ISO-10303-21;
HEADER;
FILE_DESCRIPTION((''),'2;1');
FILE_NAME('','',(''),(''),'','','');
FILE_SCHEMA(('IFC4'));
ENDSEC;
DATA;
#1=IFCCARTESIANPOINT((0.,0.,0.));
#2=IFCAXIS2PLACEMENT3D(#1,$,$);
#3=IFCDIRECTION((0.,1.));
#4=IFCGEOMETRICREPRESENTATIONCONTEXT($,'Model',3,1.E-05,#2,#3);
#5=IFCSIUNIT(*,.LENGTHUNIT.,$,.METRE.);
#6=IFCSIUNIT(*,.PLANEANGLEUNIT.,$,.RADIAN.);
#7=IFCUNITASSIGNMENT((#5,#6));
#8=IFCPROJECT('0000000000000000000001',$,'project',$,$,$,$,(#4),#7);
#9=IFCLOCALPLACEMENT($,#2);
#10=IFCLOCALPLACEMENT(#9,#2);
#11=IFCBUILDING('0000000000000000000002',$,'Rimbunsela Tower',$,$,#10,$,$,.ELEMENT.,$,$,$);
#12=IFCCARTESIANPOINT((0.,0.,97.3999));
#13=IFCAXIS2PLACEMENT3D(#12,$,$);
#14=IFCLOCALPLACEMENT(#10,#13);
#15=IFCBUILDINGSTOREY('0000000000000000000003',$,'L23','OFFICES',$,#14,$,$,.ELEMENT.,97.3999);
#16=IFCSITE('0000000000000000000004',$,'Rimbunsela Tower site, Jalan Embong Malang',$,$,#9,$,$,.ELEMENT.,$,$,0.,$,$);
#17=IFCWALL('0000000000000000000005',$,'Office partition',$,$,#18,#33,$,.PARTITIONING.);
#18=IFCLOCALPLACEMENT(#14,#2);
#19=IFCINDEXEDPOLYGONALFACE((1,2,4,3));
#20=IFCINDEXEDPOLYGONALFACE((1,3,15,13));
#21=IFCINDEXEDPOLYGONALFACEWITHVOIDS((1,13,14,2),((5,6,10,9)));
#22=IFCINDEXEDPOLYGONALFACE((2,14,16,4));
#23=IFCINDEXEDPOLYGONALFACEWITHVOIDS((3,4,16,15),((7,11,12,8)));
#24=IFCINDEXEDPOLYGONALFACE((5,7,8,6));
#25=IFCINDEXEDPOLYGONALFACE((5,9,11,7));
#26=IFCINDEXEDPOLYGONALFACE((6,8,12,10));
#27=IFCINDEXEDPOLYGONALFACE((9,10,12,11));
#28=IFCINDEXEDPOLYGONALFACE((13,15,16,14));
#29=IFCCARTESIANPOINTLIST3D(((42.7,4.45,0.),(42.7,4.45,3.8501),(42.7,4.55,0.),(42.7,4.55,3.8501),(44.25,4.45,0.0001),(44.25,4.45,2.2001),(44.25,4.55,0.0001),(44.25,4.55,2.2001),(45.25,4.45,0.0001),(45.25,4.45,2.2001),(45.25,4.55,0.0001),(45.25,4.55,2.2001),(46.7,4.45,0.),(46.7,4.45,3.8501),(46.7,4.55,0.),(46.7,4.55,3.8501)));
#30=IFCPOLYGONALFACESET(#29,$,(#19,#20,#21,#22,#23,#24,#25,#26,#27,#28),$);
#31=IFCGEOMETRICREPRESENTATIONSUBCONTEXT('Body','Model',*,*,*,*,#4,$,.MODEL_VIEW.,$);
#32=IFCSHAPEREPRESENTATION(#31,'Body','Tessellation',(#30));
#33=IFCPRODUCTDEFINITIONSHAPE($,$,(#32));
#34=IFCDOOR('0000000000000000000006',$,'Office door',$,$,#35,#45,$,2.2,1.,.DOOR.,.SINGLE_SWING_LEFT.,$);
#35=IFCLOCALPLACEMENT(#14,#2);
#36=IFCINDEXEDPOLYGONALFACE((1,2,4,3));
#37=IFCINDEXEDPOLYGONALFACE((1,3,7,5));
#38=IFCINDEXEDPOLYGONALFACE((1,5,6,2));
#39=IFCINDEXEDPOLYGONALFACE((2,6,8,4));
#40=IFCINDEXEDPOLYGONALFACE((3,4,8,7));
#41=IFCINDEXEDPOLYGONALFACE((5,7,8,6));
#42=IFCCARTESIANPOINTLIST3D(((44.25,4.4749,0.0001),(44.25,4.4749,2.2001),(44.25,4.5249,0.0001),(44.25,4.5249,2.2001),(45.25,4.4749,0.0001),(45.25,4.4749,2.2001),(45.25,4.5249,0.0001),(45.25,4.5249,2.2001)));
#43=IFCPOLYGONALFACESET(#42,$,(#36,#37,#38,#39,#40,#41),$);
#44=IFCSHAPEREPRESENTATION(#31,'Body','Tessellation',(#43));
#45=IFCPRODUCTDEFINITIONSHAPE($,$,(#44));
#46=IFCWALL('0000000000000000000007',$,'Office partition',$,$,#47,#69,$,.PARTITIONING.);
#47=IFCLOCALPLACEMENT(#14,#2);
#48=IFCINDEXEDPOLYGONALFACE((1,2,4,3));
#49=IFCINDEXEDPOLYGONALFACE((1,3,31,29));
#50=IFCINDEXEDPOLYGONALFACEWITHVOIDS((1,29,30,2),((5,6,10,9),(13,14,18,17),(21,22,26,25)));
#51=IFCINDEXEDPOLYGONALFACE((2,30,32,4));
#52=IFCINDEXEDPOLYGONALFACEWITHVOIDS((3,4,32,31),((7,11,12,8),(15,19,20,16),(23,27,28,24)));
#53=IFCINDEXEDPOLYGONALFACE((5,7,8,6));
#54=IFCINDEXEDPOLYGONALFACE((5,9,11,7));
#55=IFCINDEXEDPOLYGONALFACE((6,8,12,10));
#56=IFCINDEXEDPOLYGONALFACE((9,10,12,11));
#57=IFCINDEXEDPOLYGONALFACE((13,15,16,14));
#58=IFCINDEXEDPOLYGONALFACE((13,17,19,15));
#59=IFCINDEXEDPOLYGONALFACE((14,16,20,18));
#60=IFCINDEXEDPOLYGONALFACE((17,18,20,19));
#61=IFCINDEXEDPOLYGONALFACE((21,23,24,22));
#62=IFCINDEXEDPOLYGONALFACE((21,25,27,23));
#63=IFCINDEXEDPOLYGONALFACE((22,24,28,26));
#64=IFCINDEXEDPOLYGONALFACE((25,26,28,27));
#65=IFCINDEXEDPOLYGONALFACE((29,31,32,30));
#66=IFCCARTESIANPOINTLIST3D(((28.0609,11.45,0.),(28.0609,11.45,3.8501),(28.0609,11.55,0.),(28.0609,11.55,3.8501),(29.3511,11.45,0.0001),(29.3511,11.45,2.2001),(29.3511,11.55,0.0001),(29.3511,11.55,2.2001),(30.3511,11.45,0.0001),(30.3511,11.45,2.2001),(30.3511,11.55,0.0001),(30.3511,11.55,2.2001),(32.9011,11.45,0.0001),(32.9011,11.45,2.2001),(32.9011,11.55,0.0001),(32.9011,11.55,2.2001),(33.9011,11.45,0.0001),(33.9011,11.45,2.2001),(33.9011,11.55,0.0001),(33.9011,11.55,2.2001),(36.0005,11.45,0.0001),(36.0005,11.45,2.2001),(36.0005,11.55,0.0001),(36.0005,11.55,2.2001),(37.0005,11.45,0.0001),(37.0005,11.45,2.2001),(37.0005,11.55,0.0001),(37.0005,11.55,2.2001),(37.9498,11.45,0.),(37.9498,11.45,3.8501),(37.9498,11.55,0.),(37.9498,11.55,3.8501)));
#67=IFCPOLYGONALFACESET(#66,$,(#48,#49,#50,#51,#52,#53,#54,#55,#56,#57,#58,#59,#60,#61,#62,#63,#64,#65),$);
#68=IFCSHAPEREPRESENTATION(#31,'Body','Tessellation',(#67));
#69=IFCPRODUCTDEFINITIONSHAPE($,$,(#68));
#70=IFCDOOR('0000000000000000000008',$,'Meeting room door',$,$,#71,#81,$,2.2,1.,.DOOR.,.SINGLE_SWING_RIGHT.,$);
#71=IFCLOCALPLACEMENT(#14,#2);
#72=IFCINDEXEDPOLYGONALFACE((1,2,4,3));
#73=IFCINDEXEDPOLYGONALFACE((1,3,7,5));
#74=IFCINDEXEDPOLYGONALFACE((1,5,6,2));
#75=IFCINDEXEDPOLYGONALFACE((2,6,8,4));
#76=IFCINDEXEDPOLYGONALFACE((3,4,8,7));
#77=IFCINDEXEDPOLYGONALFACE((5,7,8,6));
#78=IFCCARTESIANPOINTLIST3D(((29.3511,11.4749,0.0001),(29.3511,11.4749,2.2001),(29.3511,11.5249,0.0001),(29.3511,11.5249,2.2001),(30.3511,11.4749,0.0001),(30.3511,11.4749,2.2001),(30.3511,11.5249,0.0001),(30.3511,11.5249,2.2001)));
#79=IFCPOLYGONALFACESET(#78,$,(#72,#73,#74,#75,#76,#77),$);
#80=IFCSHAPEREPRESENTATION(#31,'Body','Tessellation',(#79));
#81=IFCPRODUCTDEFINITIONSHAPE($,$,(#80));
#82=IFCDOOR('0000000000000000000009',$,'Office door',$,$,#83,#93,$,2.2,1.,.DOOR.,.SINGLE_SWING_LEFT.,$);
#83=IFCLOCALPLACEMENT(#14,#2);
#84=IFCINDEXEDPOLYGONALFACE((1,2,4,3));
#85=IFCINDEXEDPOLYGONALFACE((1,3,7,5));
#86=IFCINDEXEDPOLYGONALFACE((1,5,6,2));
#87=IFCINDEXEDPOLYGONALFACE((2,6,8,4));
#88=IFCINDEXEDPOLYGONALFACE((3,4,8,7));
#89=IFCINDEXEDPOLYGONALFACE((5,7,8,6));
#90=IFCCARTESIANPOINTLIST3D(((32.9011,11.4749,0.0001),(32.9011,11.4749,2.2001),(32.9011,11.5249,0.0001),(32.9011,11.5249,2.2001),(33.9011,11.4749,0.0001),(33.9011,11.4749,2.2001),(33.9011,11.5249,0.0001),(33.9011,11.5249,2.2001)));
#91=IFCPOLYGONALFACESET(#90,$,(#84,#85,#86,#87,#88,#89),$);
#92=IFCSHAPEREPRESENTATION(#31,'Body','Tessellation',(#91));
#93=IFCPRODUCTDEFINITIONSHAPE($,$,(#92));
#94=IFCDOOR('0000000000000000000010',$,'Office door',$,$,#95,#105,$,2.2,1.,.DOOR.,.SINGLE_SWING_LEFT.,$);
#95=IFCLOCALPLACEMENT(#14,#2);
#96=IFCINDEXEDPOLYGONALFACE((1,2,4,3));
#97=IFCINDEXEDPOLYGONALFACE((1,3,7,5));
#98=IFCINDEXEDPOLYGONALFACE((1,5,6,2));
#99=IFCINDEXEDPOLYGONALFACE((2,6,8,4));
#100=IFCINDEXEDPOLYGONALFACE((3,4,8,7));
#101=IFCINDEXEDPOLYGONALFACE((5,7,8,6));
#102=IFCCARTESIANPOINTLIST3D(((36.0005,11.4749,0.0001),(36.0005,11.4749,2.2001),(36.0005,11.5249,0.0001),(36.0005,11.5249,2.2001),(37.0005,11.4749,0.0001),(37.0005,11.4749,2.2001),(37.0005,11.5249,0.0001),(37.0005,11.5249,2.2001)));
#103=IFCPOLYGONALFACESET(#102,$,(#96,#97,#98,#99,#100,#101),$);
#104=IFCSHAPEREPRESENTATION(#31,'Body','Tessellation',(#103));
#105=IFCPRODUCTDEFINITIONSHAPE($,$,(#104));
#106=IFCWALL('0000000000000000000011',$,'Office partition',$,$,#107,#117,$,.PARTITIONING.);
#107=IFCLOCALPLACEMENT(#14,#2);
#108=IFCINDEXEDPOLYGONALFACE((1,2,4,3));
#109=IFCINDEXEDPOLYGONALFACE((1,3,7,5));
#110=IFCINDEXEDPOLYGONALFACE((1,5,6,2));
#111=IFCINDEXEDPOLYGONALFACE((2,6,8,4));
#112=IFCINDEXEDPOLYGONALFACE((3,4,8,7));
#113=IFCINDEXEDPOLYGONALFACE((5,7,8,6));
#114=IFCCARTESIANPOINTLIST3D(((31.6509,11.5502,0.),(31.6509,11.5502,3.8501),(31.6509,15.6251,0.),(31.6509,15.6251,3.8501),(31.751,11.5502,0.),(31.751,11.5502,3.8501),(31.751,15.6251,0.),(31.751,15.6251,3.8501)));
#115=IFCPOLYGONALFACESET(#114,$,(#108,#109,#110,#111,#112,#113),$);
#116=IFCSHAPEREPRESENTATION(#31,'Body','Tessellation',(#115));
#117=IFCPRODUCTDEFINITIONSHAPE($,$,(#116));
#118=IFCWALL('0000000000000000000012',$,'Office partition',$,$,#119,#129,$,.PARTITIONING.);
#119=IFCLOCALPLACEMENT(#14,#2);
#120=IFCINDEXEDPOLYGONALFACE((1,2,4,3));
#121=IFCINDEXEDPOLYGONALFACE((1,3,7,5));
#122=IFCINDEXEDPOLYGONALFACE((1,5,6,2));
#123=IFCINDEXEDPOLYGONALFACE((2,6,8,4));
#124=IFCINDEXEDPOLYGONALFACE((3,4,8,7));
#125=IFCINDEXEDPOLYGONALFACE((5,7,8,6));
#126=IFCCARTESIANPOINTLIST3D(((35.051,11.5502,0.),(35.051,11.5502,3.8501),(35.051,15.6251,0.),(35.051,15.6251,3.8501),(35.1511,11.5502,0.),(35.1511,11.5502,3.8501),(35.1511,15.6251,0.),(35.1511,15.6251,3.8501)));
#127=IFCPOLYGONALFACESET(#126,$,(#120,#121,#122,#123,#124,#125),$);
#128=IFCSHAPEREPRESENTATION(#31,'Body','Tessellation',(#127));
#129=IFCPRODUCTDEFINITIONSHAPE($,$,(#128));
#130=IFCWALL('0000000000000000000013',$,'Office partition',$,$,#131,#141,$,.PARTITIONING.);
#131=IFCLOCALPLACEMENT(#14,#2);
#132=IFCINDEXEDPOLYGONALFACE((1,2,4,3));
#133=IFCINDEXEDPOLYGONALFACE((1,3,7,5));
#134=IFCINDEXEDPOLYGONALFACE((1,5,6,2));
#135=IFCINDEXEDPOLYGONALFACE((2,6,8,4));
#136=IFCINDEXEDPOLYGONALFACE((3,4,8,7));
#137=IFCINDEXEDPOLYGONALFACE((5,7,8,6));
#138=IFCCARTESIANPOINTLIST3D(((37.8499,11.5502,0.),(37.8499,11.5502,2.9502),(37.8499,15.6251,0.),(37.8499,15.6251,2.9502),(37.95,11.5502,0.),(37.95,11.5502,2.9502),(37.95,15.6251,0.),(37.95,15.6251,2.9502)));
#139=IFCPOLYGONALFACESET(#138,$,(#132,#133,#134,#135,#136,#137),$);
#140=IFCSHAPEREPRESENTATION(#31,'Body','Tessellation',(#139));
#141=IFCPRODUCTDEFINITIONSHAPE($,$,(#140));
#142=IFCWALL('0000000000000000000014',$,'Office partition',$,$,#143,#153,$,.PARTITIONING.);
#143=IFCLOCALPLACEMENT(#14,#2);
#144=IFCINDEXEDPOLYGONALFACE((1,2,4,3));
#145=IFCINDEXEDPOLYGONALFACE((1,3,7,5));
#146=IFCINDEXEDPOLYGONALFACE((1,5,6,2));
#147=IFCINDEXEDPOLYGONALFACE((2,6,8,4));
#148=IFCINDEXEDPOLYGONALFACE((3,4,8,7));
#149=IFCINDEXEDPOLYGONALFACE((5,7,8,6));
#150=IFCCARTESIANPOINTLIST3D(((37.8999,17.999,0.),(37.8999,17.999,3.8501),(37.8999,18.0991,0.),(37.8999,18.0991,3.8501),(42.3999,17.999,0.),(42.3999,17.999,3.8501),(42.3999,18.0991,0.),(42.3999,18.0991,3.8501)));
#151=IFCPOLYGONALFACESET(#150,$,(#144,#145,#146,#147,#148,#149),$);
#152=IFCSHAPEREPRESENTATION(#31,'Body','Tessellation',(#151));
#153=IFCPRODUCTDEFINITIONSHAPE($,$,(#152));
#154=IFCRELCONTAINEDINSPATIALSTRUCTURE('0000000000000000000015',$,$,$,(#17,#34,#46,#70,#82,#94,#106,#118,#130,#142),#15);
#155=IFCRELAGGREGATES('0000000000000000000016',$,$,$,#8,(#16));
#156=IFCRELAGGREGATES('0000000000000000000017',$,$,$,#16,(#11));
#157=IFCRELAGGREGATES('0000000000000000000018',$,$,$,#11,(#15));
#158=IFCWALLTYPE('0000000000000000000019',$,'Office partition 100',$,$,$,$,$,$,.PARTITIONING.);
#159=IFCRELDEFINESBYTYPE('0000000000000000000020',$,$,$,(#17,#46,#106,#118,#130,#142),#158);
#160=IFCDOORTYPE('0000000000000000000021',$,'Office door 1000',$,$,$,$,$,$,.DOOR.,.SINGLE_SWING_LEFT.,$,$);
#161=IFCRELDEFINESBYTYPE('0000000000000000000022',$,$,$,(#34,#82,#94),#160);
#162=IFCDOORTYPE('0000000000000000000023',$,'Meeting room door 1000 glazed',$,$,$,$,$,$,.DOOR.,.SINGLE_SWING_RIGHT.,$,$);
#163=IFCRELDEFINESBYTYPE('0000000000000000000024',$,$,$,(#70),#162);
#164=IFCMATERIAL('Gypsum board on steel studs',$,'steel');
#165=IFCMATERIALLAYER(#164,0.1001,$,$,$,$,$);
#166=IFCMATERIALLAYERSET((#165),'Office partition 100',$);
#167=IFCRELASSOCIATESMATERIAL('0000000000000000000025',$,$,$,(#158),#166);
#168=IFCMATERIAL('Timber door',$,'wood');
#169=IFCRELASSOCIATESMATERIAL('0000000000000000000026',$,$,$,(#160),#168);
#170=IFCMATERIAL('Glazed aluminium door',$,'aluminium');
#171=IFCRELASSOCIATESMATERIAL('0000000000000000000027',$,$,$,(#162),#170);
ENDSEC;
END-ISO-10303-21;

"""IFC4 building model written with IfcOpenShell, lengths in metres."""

from ifc_helpers import new_model, si_unit, direction, frame, frame_2d, origin, place, context, subcontext, project, spatial, rectangle, extrude, material, layer, layer_set, type_object, element, fill, save


model = new_model("IFC4")

# Units and contexts
model_context = context("Model", 3, precision=1e-05, world=origin(), true_north=direction((0.0, 1.0)))
body_context = subcontext(model_context, "Body", "Model", "MODEL_VIEW")
ifc_project = project(units=[si_unit("LENGTHUNIT", "METRE"), si_unit("PLANEANGLEUNIT", "RADIAN")], contexts=[model_context])

# Site, building, storey
site_placement = place(None, origin())
site = spatial("IfcSite", under=ifc_project, at=site_placement, Name="Rimbunsela Tower site, Jalan Embong Malang", CompositionType="ELEMENT", RefElevation=0.0)
building_placement = place(site_placement, origin())
building = spatial("IfcBuilding", under=site, at=building_placement, Name="Rimbunsela Tower", CompositionType="ELEMENT")
storey_placement = place(building_placement, frame((0.0, 0.0, 97.3999)))
storey = spatial("IfcBuildingStorey", under=building, at=storey_placement, Name="L23", Description="OFFICES", CompositionType="ELEMENT", Elevation=97.3999)

# Wall, opening, door
ifc_material_1 = material(Name="Gypsum board on steel studs", Category="steel")
ifc_layer_1 = layer(ifc_material_1, 0.1001)
ifc_layer_set_1 = layer_set([ifc_layer_1], Name="Office partition 100")
wall_type_1 = type_object("IfcWallType", Name="Office partition 100", PredefinedType="PARTITIONING", material=ifc_layer_set_1)
wall_1_placement = place(storey_placement, frame((42.7, 4.5, 0.0), z_axis=(0.0, 0.0, 1.0), x_axis=(1.0, 0.0, 0.0)))
wall_1 = element("IfcWall", 1, at=wall_1_placement, inside=storey, type_object=wall_type_1, Name="Office partition", PredefinedType="PARTITIONING", context=body_context, shape_type="SweptSolid", body=[
    extrude(rectangle(XDim=4.0, YDim=0.1001, at=frame_2d((2.0, 0.0))), origin(), (0.0, 0.0, 1.0), 3.8501),
])
opening_1_placement = place(wall_1_placement, frame((1.55, 0.0, 0.0)))
opening_1 = element("IfcOpeningElement", 2, at=opening_1_placement, cuts=wall_1, PredefinedType="OPENING", context=body_context, shape_type="SweptSolid", body=[
    extrude(rectangle(XDim=1.0, YDim=2.2, at=frame_2d((0.5, 1.1001))), frame((0.0, 0.0601, 0.0), z_axis=(0.0, -1.0, 0.0), x_axis=(1.0, 0.0, 0.0)), (0.0, 0.0, 1.0), 0.1201),
])
ifc_material_2 = material(Name="Timber door", Category="wood")
door_type_1 = type_object("IfcDoorType", Name="Office door 1000", OperationType="SINGLE_SWING_LEFT", PredefinedType="DOOR", material=ifc_material_2)
door_1_placement = place(opening_1_placement, origin())
door_1 = element("IfcDoor", 3, at=door_1_placement, inside=storey, type_object=door_type_1, Name="Office door", OperationType="SINGLE_SWING_LEFT", OverallHeight=2.2, OverallWidth=1.0, PredefinedType="DOOR", context=body_context, shape_type="SweptSolid", body=[
    extrude(rectangle(XDim=1.0, YDim=2.2, at=frame_2d((0.5, 1.1001))), frame((0.0, 0.0249, 0.0), z_axis=(0.0, -1.0, 0.0), x_axis=(1.0, 0.0, 0.0)), (0.0, 0.0, 1.0), 0.05),
])
fill(opening_1, door_1)

# Wall, openings, doors
wall_2_placement = place(storey_placement, frame((28.061, 11.5, 0.0), z_axis=(0.0, 0.0, 1.0), x_axis=(1.0, 0.0, 0.0)))
wall_2 = element("IfcWall", 4, at=wall_2_placement, inside=storey, type_object=wall_type_1, Name="Office partition", PredefinedType="PARTITIONING", context=body_context, shape_type="SweptSolid", body=[
    extrude(rectangle(XDim=9.8889, YDim=0.1001, at=frame_2d((4.9443, 0.0))), origin(), (0.0, 0.0, 1.0), 3.8501),
])
opening_2_placement = place(wall_2_placement, frame((1.29, 0.0, 0.0)))
opening_2 = element("IfcOpeningElement", 5, at=opening_2_placement, cuts=wall_2, PredefinedType="OPENING", context=body_context, shape_type="SweptSolid", body=[
    extrude(rectangle(XDim=1.0, YDim=2.2, at=frame_2d((0.5, 1.1001))), frame((0.0, 0.0601, 0.0), z_axis=(0.0, -1.0, 0.0), x_axis=(1.0, 0.0, 0.0)), (0.0, 0.0, 1.0), 0.1201),
])
opening_3_placement = place(wall_2_placement, frame((4.8401, 0.0, 0.0)))
opening_3 = element("IfcOpeningElement", 6, at=opening_3_placement, cuts=wall_2, PredefinedType="OPENING", context=body_context, shape_type="SweptSolid", body=[
    extrude(rectangle(XDim=1.0, YDim=2.2, at=frame_2d((0.5, 1.1001))), frame((0.0, 0.0601, 0.0), z_axis=(0.0, -1.0, 0.0), x_axis=(1.0, 0.0, 0.0)), (0.0, 0.0, 1.0), 0.1201),
])
opening_4_placement = place(wall_2_placement, frame((7.9395, 0.0, 0.0)))
opening_4 = element("IfcOpeningElement", 7, at=opening_4_placement, cuts=wall_2, PredefinedType="OPENING", context=body_context, shape_type="SweptSolid", body=[
    extrude(rectangle(XDim=1.0, YDim=2.2, at=frame_2d((0.5, 1.1001))), frame((0.0, 0.0601, 0.0), z_axis=(0.0, -1.0, 0.0), x_axis=(1.0, 0.0, 0.0)), (0.0, 0.0, 1.0), 0.1201),
])
ifc_material_3 = material(Name="Glazed aluminium door", Category="aluminium")
door_type_2 = type_object("IfcDoorType", Name="Meeting room door 1000 glazed", OperationType="SINGLE_SWING_RIGHT", PredefinedType="DOOR", material=ifc_material_3)
door_2_placement = place(opening_2_placement, origin())
door_2 = element("IfcDoor", 8, at=door_2_placement, inside=storey, type_object=door_type_2, Name="Meeting room door", OperationType="SINGLE_SWING_RIGHT", OverallHeight=2.2, OverallWidth=1.0, PredefinedType="DOOR", context=body_context, shape_type="SweptSolid", body=[
    extrude(rectangle(XDim=1.0, YDim=2.2, at=frame_2d((0.5, 1.1001))), frame((0.0, 0.0249, 0.0), z_axis=(0.0, -1.0, 0.0), x_axis=(1.0, 0.0, 0.0)), (0.0, 0.0, 1.0), 0.05),
])
fill(opening_2, door_2)
door_3_placement = place(opening_3_placement, origin())
door_3 = element("IfcDoor", 9, at=door_3_placement, inside=storey, type_object=door_type_1, Name="Office door", OperationType="SINGLE_SWING_LEFT", OverallHeight=2.2, OverallWidth=1.0, PredefinedType="DOOR", context=body_context, shape_type="SweptSolid", body=[
    extrude(rectangle(XDim=1.0, YDim=2.2, at=frame_2d((0.5, 1.1001))), frame((0.0, 0.0249, 0.0), z_axis=(0.0, -1.0, 0.0), x_axis=(1.0, 0.0, 0.0)), (0.0, 0.0, 1.0), 0.05),
])
fill(opening_3, door_3)
door_4_placement = place(opening_4_placement, origin())
door_4 = element("IfcDoor", 10, at=door_4_placement, inside=storey, type_object=door_type_1, Name="Office door", OperationType="SINGLE_SWING_LEFT", OverallHeight=2.2, OverallWidth=1.0, PredefinedType="DOOR", context=body_context, shape_type="SweptSolid", body=[
    extrude(rectangle(XDim=1.0, YDim=2.2, at=frame_2d((0.5, 1.1001))), frame((0.0, 0.0249, 0.0), z_axis=(0.0, -1.0, 0.0), x_axis=(1.0, 0.0, 0.0)), (0.0, 0.0, 1.0), 0.05),
])
fill(opening_4, door_4)

# Walls
for number, where, z_axis, x_axis, name in (
    (11, (31.7009, 11.55, 0.0), (0.0, 0.0, 1.0), (0.0, 1.0, 0.0), "Office partition"),
    (12, (35.1011, 11.55, 0.0), (0.0, 0.0, 1.0), (0.0, 1.0, 0.0), "Office partition"),
):
    element("IfcWall", number, at=place(storey_placement, frame(where, z_axis=z_axis, x_axis=x_axis)), inside=storey, type_object=wall_type_1, Name=name, PredefinedType="PARTITIONING", context=body_context, shape_type="SweptSolid", body=[
        extrude(rectangle(XDim=4.075, YDim=0.1001, at=frame_2d((2.0376, 0.0))), origin(), (0.0, 0.0, 1.0), 3.8501),
    ])
wall_3_placement = place(storey_placement, frame((37.8999, 11.55, 0.0), z_axis=(0.0, 0.0, 1.0), x_axis=(0.0, 1.0, 0.0)))
element("IfcWall", 13, at=wall_3_placement, inside=storey, type_object=wall_type_1, Name="Office partition", PredefinedType="PARTITIONING", context=body_context, shape_type="SweptSolid", body=[
    extrude(rectangle(XDim=4.075, YDim=0.1001, at=frame_2d((2.0376, 0.0))), origin(), (0.0, 0.0, 1.0), 2.9502),
])
wall_4_placement = place(storey_placement, frame((37.8999, 18.0491, 0.0), z_axis=(0.0, 0.0, 1.0), x_axis=(1.0, 0.0, 0.0)))
element("IfcWall", 14, at=wall_4_placement, inside=storey, type_object=wall_type_1, Name="Office partition", PredefinedType="PARTITIONING", context=body_context, shape_type="SweptSolid", body=[
    extrude(rectangle(XDim=4.5, YDim=0.1001, at=frame_2d((2.25, 0.0))), origin(), (0.0, 0.0, 1.0), 3.8501),
])

save(model, "model.ifc")
